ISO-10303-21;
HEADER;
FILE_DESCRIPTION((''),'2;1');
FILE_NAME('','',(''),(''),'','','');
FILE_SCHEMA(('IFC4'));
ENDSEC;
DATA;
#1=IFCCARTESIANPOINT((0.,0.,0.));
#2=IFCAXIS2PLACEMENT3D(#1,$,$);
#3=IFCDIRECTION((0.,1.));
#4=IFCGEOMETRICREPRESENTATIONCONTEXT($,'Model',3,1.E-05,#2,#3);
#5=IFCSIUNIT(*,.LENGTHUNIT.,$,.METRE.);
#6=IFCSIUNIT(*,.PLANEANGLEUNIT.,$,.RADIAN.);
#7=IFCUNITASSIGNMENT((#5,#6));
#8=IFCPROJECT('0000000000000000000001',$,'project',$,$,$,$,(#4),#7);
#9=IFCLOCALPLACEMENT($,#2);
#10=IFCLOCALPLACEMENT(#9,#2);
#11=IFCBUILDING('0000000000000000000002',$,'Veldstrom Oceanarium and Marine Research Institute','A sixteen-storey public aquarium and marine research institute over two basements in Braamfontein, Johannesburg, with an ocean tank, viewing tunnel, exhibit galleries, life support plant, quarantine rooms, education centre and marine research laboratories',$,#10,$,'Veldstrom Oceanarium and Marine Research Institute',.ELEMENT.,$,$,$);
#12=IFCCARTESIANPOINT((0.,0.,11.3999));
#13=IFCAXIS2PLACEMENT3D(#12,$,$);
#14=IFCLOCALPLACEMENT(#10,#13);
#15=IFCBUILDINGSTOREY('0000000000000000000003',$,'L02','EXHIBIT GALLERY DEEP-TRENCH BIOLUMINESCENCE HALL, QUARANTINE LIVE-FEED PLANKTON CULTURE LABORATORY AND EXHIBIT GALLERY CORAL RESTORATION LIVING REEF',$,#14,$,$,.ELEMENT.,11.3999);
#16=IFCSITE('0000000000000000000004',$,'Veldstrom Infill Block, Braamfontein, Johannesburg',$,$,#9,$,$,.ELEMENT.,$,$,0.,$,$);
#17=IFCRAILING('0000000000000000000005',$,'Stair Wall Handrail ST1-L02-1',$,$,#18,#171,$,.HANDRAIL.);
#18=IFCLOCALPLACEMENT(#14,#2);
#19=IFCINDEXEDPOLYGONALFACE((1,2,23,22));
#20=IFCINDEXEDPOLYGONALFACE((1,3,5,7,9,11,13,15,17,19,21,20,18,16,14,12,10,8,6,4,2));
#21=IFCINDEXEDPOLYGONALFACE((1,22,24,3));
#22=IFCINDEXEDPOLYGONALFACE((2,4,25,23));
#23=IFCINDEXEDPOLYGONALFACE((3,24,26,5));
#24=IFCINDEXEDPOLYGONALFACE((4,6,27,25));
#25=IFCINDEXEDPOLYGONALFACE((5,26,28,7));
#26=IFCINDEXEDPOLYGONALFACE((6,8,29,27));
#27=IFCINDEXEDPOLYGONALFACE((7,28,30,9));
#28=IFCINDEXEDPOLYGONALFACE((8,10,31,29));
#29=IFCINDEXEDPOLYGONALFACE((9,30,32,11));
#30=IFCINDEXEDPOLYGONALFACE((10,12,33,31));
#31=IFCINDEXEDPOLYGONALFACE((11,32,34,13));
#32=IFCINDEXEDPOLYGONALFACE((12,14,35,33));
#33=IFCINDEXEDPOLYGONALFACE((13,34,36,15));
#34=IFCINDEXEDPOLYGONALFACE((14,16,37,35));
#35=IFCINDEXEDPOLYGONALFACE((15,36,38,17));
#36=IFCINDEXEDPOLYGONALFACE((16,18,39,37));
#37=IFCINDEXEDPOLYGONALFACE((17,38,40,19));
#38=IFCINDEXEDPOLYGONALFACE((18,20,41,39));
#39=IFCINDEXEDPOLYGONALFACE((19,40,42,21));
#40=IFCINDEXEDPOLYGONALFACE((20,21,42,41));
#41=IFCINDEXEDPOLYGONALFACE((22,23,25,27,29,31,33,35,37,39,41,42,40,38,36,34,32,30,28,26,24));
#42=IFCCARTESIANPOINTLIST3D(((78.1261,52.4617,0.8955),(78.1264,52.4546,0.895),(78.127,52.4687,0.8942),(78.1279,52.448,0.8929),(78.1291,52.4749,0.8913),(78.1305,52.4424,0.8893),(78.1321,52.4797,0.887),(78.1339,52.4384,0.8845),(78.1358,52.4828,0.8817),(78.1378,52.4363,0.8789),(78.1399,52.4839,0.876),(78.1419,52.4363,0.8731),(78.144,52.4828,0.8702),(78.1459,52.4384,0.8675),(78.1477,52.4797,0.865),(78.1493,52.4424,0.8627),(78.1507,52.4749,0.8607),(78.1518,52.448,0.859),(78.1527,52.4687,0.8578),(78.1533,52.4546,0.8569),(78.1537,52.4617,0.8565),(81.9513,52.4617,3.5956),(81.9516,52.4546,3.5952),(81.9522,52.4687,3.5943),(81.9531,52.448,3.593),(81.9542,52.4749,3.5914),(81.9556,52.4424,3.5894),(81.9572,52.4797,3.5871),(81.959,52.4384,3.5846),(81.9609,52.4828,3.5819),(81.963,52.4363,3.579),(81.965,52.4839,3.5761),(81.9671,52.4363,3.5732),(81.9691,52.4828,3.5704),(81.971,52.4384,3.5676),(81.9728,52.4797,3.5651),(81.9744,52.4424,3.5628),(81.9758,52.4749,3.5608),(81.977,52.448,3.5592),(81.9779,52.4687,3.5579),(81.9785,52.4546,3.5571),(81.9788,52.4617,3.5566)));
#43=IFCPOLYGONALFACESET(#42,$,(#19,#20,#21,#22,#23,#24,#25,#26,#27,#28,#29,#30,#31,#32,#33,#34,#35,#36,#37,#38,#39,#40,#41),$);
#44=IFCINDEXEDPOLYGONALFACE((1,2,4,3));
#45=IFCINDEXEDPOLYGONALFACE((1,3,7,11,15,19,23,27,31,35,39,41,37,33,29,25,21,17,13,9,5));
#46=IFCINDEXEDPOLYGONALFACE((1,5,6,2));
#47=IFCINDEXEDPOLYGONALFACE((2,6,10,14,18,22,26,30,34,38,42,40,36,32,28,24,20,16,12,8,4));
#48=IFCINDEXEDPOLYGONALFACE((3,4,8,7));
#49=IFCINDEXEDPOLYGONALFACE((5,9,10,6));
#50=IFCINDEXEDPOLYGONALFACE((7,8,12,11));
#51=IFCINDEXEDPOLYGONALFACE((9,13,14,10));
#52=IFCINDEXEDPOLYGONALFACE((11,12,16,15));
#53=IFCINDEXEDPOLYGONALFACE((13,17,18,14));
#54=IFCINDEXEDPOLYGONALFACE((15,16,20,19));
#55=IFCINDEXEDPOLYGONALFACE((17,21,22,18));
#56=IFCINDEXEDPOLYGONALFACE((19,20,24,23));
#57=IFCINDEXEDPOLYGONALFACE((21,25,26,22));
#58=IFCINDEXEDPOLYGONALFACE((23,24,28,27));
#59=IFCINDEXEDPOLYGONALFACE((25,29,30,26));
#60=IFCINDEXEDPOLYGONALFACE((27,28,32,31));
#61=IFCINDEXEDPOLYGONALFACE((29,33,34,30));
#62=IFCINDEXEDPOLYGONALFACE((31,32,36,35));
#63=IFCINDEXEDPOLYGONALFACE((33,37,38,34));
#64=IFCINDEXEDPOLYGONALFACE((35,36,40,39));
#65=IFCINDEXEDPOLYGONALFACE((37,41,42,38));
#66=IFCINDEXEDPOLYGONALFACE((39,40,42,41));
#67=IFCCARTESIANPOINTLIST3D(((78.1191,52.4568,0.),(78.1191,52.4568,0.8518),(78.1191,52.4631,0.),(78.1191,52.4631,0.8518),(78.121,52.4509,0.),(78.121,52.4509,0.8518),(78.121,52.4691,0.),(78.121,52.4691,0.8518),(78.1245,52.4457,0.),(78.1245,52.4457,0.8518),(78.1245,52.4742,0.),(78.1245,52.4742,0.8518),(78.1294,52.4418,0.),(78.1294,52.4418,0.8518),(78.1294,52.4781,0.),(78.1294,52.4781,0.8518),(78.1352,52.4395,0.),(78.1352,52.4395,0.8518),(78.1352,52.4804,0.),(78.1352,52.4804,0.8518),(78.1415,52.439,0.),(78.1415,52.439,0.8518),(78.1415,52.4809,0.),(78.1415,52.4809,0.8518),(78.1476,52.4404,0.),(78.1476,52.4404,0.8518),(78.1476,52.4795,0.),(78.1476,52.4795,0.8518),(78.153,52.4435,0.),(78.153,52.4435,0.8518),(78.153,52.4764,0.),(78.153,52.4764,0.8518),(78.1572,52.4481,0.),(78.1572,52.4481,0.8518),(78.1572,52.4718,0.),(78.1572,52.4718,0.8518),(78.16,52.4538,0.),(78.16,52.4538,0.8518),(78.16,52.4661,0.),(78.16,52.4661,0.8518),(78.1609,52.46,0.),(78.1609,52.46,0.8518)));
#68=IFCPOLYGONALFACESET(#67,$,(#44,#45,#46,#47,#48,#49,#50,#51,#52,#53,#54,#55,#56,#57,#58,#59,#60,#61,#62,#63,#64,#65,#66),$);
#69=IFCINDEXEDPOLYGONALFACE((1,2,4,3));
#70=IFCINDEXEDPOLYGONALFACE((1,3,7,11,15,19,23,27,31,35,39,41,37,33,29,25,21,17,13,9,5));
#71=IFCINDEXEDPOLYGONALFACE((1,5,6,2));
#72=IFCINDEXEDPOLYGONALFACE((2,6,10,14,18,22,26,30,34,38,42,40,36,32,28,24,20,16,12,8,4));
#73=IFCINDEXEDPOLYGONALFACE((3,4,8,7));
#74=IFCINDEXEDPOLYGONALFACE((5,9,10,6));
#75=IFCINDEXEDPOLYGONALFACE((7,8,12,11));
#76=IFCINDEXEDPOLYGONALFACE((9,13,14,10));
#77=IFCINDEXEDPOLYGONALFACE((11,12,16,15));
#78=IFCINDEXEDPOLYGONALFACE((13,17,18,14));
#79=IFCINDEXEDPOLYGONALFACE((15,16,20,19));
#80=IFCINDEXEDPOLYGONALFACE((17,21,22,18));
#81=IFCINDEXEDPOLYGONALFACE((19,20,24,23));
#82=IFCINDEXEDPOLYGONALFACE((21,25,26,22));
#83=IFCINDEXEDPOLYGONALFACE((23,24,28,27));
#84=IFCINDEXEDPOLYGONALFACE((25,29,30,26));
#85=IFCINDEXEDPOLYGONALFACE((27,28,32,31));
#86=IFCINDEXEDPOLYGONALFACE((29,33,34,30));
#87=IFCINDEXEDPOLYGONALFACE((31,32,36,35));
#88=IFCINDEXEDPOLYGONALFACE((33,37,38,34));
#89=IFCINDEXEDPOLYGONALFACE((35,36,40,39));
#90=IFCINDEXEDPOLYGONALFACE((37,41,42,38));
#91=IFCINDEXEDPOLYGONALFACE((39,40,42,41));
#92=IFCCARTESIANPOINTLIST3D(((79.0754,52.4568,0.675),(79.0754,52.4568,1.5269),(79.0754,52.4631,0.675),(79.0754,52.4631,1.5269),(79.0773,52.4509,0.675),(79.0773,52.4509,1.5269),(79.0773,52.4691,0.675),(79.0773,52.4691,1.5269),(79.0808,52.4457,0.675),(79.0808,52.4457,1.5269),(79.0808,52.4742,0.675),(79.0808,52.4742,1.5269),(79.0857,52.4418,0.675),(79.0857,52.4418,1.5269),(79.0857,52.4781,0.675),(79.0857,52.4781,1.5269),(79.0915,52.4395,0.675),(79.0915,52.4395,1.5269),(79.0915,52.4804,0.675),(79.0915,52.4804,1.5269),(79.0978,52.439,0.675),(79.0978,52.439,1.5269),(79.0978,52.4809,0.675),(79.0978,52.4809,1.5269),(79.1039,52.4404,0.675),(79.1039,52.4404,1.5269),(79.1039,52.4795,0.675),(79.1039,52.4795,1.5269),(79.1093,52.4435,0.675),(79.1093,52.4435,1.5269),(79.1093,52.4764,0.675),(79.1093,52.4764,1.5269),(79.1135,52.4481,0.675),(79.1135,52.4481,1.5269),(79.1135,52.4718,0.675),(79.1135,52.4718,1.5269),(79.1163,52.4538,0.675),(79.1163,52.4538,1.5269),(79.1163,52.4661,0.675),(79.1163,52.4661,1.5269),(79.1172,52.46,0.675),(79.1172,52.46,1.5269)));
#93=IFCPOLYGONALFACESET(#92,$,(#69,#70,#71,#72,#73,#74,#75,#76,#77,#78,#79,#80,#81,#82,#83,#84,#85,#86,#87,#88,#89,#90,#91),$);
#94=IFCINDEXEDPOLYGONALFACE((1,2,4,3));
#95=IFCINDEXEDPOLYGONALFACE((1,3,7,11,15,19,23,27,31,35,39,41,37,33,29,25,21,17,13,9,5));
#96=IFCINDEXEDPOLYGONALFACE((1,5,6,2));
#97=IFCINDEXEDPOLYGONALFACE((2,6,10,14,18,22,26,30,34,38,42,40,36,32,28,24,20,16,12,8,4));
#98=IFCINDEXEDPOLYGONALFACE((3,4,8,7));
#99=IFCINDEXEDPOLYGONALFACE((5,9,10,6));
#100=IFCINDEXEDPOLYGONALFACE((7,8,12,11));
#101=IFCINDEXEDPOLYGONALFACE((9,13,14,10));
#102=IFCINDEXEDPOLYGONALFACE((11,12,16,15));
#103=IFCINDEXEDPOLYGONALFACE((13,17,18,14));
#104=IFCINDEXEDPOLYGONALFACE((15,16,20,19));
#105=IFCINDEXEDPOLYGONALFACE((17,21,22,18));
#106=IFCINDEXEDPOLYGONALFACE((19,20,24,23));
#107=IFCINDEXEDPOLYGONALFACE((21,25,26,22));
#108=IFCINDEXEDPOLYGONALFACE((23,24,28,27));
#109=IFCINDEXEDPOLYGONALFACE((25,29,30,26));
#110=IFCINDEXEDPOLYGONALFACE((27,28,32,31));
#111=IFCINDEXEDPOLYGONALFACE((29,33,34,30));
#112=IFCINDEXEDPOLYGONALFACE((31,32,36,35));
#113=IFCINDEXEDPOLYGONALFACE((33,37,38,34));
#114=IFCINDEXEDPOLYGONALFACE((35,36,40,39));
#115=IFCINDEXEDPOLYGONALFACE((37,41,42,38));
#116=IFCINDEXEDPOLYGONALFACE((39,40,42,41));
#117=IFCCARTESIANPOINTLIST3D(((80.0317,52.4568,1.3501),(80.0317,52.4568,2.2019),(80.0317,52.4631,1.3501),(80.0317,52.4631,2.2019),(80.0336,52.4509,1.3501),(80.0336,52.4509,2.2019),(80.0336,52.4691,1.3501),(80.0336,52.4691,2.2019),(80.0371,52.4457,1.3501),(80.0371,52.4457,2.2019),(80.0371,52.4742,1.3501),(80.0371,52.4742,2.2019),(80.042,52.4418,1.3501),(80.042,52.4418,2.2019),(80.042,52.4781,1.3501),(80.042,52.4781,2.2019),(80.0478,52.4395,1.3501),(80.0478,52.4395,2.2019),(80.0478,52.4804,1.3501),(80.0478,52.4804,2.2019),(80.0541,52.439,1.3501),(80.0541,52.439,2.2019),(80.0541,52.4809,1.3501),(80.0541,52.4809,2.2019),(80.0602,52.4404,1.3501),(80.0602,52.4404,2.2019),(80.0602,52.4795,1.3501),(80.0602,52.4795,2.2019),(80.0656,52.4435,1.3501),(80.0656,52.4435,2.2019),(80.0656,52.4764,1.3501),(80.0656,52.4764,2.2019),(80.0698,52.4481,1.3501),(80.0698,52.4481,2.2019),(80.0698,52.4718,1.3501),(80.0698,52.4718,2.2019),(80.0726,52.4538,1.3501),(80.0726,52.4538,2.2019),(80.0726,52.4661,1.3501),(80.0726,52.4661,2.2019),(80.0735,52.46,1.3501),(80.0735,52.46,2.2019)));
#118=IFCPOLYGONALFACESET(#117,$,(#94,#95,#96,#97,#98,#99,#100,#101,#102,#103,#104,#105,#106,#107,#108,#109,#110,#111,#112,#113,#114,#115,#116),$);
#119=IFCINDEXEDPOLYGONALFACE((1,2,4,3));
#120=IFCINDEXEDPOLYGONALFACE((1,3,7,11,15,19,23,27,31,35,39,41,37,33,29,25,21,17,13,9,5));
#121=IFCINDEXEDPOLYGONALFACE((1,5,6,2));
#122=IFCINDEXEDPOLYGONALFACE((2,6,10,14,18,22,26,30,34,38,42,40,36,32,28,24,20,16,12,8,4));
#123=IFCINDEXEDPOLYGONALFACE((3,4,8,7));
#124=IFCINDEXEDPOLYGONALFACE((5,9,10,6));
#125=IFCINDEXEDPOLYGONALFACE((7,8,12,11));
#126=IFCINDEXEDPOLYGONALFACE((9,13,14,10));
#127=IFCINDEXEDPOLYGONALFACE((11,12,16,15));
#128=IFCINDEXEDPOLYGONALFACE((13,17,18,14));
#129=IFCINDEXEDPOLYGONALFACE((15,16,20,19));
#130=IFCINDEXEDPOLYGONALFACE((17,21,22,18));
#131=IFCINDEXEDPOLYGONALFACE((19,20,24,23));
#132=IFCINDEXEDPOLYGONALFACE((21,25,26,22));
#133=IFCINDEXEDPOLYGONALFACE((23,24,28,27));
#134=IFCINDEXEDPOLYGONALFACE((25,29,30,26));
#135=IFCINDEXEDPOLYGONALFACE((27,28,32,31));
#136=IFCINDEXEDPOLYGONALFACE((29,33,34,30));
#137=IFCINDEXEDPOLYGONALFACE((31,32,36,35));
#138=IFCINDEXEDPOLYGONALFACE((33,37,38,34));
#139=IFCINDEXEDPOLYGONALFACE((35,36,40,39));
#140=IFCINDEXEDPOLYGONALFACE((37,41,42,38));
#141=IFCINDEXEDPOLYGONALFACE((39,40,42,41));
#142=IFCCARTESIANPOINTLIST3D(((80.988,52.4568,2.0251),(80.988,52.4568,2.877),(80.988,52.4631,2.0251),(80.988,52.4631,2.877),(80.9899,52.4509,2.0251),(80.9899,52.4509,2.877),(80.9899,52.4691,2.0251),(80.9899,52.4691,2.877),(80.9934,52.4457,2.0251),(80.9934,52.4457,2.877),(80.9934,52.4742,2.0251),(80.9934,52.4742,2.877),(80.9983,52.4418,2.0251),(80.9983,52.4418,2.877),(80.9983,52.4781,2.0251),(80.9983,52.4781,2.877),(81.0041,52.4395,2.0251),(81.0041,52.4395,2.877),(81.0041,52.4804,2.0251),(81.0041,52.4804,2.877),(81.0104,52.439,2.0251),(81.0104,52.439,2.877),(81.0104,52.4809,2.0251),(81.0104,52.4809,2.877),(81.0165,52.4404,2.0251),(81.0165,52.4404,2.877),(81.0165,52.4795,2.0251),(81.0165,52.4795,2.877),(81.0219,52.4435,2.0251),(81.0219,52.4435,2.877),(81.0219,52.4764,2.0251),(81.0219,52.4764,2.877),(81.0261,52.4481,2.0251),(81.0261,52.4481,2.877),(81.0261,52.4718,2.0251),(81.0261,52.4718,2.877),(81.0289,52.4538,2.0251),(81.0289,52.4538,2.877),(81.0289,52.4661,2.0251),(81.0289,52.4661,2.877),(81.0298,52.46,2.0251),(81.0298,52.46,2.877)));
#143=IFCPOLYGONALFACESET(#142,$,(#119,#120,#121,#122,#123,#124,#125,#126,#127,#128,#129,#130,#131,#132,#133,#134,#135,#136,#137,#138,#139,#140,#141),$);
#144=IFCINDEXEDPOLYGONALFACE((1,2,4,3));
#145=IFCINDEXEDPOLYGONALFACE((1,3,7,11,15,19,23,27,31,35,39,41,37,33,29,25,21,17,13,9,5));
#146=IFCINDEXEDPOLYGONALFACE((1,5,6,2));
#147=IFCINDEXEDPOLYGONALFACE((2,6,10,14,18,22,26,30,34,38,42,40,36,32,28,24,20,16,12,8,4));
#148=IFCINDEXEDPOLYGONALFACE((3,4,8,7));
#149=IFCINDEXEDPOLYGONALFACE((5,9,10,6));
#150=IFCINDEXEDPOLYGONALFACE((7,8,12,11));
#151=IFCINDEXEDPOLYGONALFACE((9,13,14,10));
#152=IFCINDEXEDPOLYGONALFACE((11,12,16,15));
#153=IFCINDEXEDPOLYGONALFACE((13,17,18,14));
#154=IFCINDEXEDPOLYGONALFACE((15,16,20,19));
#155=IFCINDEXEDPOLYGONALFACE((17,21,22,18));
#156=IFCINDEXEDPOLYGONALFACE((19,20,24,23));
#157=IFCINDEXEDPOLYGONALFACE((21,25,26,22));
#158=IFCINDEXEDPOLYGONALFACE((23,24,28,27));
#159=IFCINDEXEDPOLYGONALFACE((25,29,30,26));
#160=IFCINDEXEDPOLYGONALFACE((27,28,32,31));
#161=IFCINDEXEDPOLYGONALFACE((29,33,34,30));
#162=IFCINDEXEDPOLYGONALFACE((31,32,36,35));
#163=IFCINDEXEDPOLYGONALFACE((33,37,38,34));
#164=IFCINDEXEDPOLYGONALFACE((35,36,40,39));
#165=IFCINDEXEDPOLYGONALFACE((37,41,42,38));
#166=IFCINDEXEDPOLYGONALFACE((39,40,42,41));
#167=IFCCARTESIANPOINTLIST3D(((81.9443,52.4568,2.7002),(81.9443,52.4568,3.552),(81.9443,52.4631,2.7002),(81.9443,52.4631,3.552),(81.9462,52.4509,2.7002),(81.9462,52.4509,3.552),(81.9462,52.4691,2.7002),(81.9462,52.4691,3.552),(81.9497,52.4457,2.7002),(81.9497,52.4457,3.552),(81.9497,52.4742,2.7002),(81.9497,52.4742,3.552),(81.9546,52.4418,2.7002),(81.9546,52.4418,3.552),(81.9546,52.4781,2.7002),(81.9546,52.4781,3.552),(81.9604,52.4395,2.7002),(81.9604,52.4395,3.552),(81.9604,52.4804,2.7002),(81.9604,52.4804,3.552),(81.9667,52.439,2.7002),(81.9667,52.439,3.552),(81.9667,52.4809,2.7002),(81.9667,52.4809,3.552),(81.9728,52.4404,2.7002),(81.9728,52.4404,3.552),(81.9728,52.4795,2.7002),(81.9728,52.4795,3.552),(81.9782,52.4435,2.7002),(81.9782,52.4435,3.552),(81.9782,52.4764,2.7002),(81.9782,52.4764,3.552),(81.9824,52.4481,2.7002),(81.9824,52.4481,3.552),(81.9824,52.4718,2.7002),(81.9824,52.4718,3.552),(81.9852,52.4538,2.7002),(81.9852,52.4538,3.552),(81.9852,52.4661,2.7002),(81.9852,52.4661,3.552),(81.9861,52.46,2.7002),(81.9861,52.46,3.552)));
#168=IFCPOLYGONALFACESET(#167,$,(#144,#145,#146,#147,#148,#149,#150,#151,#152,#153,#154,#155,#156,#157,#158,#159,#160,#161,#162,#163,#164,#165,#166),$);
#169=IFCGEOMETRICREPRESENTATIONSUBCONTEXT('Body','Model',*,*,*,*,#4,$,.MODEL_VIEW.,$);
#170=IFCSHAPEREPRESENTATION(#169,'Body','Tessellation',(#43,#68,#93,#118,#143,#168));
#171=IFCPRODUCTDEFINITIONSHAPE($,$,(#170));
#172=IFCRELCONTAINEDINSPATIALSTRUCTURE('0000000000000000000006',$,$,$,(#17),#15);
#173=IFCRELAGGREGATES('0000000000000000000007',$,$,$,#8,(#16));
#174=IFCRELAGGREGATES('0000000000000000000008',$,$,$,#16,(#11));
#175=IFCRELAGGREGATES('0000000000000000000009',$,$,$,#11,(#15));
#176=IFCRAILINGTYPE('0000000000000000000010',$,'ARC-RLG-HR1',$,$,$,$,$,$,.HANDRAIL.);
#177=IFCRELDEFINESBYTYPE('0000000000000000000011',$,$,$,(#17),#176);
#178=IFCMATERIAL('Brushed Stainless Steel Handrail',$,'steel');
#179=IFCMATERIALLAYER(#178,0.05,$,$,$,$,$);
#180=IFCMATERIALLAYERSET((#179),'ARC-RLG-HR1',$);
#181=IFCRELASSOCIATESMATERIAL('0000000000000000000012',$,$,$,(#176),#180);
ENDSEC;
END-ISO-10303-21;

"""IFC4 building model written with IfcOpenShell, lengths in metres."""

from ifc_helpers import new_model, si_unit, direction, frame, origin, origin_2d, place, context, subcontext, project, spatial, circle, extrude, material, layer, layer_set, type_object, element, save


model = new_model("IFC4")

# Units and contexts
model_context = context("Model", 3, precision=1e-05, world=origin(), true_north=direction((0.0, 1.0)))
body_context = subcontext(model_context, "Body", "Model", "MODEL_VIEW")
ifc_project = project(units=[si_unit("LENGTHUNIT", "METRE"), si_unit("PLANEANGLEUNIT", "RADIAN")], contexts=[model_context])

# Site, building, storey
site_placement = place(None, origin())
site = spatial("IfcSite", under=ifc_project, at=site_placement, Name="Veldstrom Infill Block, Braamfontein, Johannesburg", CompositionType="ELEMENT", RefElevation=0.0)
building_placement = place(site_placement, origin())
building = spatial("IfcBuilding", under=site, at=building_placement, Name="Veldstrom Oceanarium and Marine Research Institute", Description="A sixteen-storey public aquarium and marine research institute over two basements in Braamfontein, Johannesburg, with an ocean tank, viewing tunnel, exhibit galleries, life support plant, quarantine rooms, education centre and marine research laboratories", LongName="Veldstrom Oceanarium and Marine Research Institute", CompositionType="ELEMENT")
storey_placement = place(building_placement, frame((0.0, 0.0, 11.3999)))
storey = spatial("IfcBuildingStorey", under=building, at=storey_placement, Name="L02", Description="EXHIBIT GALLERY DEEP-TRENCH BIOLUMINESCENCE HALL, QUARANTINE LIVE-FEED PLANKTON CULTURE LABORATORY AND EXHIBIT GALLERY CORAL RESTORATION LIVING REEF", CompositionType="ELEMENT", Elevation=11.3999)

# Railing
ifc_material_1 = material(Name="Brushed Stainless Steel Handrail", Category="steel")
ifc_layer_1 = layer(ifc_material_1, 0.05)
ifc_layer_set_1 = layer_set([ifc_layer_1], Name="ARC-RLG-HR1")
railing_type_1 = type_object("IfcRailingType", Name="ARC-RLG-HR1", PredefinedType="HANDRAIL", material=ifc_layer_set_1)
railing_1_placement = place(storey_placement, frame((78.1399, 52.46, 0.0)))
element("IfcRailing", 1, at=railing_1_placement, inside=storey, type_object=railing_type_1, Name="Stair Wall Handrail ST1-L02-1", PredefinedType="HANDRAIL", context=body_context, shape_type="SweptSolid", body=[
    extrude(circle(Radius=0.0239, at=origin_2d()), frame((0.0, 0.0, 0.876), z_axis=(0.816962, 0.0, 0.576691), x_axis=(0.0, 1.0, 0.0)), (0.0, 0.0, 1.0), 4.6821),
    extrude(circle(Radius=0.021, at=origin_2d()), origin(), (0.0, 0.0, 1.0), 0.8518),
    extrude(circle(Radius=0.021, at=origin_2d()), frame((0.9563, 0.0, 0.675)), (0.0, 0.0, 1.0), 0.8518),
    extrude(circle(Radius=0.021, at=origin_2d()), frame((1.9126, 0.0, 1.3501)), (0.0, 0.0, 1.0), 0.8518),
    extrude(circle(Radius=0.021, at=origin_2d()), frame((2.8689, 0.0, 2.0251)), (0.0, 0.0, 1.0), 0.8518),
    extrude(circle(Radius=0.021, at=origin_2d()), frame((3.8252, 0.0, 2.7002)), (0.0, 0.0, 1.0), 0.8518),
])

save(model, "model.ifc")
